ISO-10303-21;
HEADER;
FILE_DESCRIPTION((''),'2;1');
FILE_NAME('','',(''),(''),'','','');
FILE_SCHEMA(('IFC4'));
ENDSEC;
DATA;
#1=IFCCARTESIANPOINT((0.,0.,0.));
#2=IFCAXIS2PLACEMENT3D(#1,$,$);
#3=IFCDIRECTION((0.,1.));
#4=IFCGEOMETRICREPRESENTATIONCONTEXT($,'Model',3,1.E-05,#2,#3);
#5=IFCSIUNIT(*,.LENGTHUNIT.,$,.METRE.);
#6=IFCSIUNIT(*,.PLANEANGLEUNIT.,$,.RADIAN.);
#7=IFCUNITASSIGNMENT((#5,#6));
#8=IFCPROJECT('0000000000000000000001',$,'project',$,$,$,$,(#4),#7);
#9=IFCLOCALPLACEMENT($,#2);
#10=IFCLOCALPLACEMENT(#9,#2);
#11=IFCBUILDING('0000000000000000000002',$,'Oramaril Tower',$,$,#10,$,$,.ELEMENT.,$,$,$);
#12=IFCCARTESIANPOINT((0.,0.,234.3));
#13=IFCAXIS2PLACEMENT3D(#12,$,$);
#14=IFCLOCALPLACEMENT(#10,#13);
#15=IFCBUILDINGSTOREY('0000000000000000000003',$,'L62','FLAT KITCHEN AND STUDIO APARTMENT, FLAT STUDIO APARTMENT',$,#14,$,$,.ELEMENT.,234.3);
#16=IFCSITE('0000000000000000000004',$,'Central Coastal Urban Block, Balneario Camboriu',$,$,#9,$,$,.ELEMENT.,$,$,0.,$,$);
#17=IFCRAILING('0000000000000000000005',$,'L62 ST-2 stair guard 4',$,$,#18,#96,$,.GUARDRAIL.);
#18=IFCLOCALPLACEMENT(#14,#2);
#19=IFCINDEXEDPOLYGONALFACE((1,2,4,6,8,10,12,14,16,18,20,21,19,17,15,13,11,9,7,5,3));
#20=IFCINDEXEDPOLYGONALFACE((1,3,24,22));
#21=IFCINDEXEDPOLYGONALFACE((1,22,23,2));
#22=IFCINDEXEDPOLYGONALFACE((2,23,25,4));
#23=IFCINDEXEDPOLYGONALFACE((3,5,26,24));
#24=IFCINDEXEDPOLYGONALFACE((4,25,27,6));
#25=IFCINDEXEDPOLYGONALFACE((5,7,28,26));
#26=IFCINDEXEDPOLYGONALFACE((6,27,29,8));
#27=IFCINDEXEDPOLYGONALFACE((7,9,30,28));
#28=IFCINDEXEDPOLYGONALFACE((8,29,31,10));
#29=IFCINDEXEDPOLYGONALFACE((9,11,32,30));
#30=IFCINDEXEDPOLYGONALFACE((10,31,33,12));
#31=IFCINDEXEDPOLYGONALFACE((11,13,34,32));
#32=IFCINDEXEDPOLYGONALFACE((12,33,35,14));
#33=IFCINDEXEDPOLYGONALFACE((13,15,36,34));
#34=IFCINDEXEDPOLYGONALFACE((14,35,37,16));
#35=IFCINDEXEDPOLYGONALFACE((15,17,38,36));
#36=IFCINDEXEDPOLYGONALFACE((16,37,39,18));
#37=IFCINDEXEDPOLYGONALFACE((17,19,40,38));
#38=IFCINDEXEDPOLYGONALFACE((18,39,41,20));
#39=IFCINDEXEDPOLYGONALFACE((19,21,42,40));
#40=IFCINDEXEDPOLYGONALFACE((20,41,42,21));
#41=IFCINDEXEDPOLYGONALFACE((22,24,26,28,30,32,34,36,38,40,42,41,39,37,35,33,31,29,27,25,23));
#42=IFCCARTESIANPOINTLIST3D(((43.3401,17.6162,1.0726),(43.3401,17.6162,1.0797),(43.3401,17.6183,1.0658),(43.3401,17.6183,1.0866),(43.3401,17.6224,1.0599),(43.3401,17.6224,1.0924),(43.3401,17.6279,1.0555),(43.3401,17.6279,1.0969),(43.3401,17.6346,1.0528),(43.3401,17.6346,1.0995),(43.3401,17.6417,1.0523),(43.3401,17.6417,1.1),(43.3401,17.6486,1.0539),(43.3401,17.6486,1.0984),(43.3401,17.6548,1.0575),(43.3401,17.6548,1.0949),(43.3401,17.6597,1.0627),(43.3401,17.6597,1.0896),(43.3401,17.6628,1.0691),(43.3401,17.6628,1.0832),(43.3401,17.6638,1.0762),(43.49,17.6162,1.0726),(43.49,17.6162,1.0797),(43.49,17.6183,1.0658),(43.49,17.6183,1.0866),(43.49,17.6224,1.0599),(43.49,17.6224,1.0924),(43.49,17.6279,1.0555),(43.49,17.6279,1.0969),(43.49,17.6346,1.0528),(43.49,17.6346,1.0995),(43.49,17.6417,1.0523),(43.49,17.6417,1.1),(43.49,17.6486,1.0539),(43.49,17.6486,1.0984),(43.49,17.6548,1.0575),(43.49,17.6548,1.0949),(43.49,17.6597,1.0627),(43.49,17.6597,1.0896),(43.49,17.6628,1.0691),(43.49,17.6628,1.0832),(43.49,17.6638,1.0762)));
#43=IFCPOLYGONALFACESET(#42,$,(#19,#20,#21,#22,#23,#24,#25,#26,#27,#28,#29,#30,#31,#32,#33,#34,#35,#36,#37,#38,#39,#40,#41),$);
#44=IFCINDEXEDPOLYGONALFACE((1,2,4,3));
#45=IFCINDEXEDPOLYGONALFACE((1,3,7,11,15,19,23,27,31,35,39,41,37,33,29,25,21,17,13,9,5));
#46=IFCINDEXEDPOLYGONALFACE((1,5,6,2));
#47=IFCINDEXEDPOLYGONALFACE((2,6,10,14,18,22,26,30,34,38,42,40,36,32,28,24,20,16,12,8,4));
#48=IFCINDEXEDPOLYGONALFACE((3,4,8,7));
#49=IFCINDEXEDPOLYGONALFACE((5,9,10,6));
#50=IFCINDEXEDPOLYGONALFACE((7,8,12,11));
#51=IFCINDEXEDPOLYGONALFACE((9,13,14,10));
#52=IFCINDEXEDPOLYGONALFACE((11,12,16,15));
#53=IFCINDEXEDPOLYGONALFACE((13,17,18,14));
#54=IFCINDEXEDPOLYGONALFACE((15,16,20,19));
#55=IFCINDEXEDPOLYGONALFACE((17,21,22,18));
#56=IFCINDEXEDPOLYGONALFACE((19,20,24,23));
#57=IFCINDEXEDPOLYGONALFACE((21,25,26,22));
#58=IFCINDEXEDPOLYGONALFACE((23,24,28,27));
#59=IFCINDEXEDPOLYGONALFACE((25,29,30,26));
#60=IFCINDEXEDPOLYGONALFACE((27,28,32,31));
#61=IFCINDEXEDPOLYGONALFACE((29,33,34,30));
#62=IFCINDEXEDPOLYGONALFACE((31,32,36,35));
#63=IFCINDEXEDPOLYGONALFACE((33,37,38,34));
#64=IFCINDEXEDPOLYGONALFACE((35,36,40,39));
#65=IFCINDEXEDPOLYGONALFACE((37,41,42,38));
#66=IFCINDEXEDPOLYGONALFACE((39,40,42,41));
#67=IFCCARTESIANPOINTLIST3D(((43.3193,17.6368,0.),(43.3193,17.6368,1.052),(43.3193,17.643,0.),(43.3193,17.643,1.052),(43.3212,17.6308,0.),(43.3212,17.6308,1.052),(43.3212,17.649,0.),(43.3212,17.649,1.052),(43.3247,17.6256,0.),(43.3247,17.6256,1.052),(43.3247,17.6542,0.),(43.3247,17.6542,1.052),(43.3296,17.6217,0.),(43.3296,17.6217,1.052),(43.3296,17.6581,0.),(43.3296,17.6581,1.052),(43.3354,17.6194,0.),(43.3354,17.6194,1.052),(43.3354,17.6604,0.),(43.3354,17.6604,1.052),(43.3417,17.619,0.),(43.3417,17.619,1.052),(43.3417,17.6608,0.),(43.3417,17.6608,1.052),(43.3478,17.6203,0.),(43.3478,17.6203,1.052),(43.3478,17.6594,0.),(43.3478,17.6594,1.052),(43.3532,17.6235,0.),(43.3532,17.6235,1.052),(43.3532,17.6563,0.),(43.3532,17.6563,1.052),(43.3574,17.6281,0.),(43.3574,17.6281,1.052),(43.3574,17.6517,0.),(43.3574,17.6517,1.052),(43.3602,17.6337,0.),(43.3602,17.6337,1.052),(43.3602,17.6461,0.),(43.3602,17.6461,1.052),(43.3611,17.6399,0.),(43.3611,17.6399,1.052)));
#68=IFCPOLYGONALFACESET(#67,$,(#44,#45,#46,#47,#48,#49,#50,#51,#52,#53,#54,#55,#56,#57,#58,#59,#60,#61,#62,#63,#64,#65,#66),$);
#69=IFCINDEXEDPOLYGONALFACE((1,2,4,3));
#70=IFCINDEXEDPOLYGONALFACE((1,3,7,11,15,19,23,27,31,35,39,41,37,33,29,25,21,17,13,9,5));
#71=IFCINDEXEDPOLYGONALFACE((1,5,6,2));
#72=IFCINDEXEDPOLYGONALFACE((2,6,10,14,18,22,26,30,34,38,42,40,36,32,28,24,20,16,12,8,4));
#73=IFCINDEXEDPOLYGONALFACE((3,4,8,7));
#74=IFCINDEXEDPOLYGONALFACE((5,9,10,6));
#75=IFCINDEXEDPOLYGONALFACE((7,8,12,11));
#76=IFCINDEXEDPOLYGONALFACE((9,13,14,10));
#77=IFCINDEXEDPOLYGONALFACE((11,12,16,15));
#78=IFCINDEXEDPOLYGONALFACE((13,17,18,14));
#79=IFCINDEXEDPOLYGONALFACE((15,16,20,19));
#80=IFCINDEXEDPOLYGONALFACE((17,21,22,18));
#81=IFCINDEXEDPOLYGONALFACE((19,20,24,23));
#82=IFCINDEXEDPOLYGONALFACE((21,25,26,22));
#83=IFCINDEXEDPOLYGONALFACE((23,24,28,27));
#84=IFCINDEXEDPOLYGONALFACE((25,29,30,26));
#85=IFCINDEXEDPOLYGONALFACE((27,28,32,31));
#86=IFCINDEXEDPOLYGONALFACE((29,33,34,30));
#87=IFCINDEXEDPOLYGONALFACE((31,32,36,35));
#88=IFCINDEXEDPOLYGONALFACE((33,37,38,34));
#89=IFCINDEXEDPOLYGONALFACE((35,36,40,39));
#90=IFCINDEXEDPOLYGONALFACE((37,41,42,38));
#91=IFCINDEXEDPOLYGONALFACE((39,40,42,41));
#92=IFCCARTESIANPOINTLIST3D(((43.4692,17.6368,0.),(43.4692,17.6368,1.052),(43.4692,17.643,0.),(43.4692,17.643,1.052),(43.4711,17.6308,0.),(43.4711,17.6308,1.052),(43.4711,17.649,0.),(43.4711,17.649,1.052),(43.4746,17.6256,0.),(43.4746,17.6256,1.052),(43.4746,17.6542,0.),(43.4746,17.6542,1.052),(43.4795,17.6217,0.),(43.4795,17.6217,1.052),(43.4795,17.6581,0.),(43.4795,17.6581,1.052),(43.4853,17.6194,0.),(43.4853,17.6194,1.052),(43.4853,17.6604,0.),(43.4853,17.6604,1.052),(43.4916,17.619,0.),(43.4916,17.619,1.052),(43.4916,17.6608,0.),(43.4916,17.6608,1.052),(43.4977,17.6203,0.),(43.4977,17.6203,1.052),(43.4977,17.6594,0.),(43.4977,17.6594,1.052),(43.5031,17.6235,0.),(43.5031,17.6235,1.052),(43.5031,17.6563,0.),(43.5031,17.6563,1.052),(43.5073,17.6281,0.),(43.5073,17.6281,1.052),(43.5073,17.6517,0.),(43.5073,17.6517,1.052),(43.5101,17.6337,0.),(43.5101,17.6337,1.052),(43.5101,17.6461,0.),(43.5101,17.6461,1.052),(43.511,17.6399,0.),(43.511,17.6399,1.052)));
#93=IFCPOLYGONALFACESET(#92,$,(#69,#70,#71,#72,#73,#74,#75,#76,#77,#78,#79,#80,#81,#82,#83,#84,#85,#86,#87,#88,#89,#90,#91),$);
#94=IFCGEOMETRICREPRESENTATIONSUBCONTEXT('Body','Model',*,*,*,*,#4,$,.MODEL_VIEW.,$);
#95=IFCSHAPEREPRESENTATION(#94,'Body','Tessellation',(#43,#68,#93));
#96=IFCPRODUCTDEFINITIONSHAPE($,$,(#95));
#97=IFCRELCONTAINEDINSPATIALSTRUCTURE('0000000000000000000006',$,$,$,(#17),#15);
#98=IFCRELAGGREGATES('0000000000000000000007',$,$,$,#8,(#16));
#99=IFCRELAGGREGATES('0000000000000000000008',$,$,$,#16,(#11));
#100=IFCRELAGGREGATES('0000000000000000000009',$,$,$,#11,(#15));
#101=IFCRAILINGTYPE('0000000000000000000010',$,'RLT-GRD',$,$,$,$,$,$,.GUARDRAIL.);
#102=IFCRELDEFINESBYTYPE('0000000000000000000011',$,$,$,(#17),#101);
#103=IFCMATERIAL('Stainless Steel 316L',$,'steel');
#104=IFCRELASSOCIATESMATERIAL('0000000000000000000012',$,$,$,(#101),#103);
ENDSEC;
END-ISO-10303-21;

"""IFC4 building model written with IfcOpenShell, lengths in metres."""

from ifc_helpers import new_model, si_unit, direction, frame, origin, origin_2d, place, context, subcontext, project, spatial, circle, extrude, material, type_object, element, save


model = new_model("IFC4")

# Units and contexts
model_context = context("Model", 3, precision=1e-05, world=origin(), true_north=direction((0.0, 1.0)))
body_context = subcontext(model_context, "Body", "Model", "MODEL_VIEW")
ifc_project = project(units=[si_unit("LENGTHUNIT", "METRE"), si_unit("PLANEANGLEUNIT", "RADIAN")], contexts=[model_context])

# Site, building, storey
site_placement = place(None, origin())
site = spatial("IfcSite", under=ifc_project, at=site_placement, Name="Central Coastal Urban Block, Balneario Camboriu", CompositionType="ELEMENT", RefElevation=0.0)
building_placement = place(site_placement, origin())
building = spatial("IfcBuilding", under=site, at=building_placement, Name="Oramaril Tower", CompositionType="ELEMENT")
storey_placement = place(building_placement, frame((0.0, 0.0, 234.3)))
storey = spatial("IfcBuildingStorey", under=building, at=storey_placement, Name="L62", Description="FLAT KITCHEN AND STUDIO APARTMENT, FLAT STUDIO APARTMENT", CompositionType="ELEMENT", Elevation=234.3)

# Railing
ifc_material_1 = material(Name="Stainless Steel 316L", Category="steel")
railing_type_1 = type_object("IfcRailingType", Name="RLT-GRD", PredefinedType="GUARDRAIL", material=ifc_material_1)
railing_1_placement = place(storey_placement, frame((43.3401, 17.6399, 0.0)))
element("IfcRailing", 1, at=railing_1_placement, inside=storey, type_object=railing_type_1, Name="L62 ST-2 stair guard 4", PredefinedType="GUARDRAIL", context=body_context, shape_type="SweptSolid", body=[
    extrude(circle(Radius=0.0239, at=origin_2d()), frame((0.0, 0.0, 1.0762), z_axis=(1.0, 0.0, 0.0), x_axis=(0.0, 1.0, 0.0)), (0.0, 0.0, 1.0), 0.1499),
    extrude(circle(Radius=0.021, at=origin_2d()), origin(), (0.0, 0.0, 1.0), 1.052),
    extrude(circle(Radius=0.021, at=origin_2d()), frame((0.1499, 0.0, 0.0)), (0.0, 0.0, 1.0), 1.052),
])

save(model, "model.ifc")
